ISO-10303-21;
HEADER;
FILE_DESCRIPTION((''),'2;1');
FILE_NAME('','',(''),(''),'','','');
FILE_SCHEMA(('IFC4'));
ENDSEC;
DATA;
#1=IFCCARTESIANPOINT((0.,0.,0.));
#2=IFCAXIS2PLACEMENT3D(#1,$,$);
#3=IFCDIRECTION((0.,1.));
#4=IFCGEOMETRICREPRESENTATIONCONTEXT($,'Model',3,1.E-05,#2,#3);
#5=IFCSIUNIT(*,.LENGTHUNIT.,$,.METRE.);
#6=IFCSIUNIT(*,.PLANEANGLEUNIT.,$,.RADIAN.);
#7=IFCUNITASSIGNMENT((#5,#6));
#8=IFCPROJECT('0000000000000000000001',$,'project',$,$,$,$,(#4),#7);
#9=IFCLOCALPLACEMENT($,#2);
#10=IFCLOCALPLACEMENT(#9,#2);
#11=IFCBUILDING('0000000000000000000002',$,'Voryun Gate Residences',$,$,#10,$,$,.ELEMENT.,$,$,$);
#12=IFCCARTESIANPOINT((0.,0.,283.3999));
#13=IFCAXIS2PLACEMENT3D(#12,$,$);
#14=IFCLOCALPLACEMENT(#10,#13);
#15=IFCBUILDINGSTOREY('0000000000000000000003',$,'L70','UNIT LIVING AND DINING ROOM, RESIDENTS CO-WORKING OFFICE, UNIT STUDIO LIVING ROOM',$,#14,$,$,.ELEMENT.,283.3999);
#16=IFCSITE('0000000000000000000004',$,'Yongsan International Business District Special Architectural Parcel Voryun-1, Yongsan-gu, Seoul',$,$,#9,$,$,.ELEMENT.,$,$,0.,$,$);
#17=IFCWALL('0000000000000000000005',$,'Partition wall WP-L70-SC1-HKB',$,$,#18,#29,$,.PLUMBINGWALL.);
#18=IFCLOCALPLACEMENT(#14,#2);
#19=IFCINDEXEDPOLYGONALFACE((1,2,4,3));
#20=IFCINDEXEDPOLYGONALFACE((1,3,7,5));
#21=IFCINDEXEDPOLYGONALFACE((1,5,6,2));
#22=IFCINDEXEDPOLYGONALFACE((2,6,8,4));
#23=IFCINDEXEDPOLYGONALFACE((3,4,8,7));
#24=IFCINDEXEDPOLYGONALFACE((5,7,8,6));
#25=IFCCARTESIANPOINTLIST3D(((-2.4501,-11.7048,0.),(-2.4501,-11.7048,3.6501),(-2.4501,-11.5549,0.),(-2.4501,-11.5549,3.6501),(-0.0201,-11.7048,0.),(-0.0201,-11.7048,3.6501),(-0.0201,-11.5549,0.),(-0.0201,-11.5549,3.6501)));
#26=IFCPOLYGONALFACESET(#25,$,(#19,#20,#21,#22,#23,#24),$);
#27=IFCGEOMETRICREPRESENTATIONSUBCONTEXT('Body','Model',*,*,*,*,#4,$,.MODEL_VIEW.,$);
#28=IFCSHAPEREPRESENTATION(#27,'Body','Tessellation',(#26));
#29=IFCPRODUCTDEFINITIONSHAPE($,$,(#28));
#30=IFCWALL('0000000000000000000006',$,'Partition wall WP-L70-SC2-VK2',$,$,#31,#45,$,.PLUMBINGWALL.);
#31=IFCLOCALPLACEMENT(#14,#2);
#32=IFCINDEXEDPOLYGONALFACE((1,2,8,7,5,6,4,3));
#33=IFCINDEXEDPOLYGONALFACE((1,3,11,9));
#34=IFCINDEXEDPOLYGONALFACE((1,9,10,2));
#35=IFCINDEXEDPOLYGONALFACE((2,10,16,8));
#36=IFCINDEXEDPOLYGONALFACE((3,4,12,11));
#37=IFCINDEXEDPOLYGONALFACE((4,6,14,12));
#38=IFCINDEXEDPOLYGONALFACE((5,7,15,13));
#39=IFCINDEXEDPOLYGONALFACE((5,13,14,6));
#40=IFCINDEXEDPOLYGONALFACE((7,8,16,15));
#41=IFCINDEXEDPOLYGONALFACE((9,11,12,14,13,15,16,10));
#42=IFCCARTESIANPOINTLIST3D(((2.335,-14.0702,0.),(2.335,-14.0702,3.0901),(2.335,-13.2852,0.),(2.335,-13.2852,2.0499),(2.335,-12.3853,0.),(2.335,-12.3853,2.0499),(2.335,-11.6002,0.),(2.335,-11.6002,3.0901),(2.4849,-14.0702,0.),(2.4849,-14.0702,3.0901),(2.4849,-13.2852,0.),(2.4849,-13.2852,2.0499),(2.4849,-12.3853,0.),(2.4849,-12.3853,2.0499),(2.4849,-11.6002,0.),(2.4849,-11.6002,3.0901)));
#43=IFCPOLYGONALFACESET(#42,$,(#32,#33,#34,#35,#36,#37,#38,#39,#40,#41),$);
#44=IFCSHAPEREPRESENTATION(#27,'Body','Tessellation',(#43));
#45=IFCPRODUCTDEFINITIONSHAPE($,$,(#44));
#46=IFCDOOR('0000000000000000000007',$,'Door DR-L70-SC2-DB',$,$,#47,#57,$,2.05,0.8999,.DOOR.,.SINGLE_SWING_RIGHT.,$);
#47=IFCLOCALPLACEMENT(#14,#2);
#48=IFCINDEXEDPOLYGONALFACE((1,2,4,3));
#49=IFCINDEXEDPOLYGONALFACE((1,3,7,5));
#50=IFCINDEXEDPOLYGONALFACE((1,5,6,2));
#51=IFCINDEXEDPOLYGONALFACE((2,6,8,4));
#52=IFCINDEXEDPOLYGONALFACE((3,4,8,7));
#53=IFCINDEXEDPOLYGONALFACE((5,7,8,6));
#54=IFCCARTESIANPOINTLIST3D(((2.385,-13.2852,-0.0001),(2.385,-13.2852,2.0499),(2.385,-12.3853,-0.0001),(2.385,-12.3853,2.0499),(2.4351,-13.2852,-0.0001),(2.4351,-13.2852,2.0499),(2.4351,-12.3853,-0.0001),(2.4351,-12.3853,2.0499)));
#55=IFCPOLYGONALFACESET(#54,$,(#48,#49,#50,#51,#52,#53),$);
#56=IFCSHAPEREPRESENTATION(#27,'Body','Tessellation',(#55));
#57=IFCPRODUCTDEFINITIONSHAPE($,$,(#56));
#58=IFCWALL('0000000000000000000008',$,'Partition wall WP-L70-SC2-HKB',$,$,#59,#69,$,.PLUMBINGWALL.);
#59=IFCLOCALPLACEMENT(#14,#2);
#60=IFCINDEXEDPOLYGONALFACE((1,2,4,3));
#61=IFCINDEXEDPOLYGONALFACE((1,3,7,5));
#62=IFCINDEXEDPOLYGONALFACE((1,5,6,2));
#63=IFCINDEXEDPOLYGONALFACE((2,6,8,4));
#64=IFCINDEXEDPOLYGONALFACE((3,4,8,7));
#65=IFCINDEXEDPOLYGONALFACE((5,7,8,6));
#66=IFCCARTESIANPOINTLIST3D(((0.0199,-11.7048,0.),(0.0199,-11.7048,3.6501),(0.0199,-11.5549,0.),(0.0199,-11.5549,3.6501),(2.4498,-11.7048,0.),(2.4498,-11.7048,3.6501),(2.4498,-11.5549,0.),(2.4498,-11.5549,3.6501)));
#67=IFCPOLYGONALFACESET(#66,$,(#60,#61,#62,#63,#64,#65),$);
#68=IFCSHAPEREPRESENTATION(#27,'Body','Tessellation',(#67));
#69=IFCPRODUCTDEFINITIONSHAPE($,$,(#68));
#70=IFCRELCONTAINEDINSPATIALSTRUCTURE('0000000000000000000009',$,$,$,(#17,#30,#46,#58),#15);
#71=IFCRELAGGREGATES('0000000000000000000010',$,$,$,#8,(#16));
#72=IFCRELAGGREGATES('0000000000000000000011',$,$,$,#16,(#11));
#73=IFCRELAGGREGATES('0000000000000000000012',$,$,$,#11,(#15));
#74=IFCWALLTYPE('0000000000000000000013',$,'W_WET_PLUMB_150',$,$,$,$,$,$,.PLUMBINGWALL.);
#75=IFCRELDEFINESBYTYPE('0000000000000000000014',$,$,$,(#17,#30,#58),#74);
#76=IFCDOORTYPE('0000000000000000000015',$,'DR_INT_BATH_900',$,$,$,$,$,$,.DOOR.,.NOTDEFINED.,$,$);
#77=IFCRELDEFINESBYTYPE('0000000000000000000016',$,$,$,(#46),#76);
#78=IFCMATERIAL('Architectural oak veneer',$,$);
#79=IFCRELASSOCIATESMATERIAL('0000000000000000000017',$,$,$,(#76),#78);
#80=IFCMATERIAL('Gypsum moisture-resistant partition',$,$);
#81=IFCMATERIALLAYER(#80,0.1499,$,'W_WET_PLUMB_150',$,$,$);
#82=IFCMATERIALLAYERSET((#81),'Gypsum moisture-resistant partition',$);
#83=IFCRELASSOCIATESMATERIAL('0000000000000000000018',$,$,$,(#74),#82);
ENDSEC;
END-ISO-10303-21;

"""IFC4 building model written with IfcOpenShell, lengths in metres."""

from ifc_helpers import new_model, si_unit, direction, frame, frame_2d, origin, place, context, subcontext, project, spatial, rectangle, extrude, material, layer, layer_set, type_object, element, fill, save


model = new_model("IFC4")

# Units and contexts
model_context = context("Model", 3, precision=1e-05, world=origin(), true_north=direction((0.0, 1.0)))
body_context = subcontext(model_context, "Body", "Model", "MODEL_VIEW")
ifc_project = project(units=[si_unit("LENGTHUNIT", "METRE"), si_unit("PLANEANGLEUNIT", "RADIAN")], contexts=[model_context])

# Site, building, storey
site_placement = place(None, origin())
site = spatial("IfcSite", under=ifc_project, at=site_placement, Name="Yongsan International Business District Special Architectural Parcel Voryun-1, Yongsan-gu, Seoul", CompositionType="ELEMENT", RefElevation=0.0)
building_placement = place(site_placement, origin())
building = spatial("IfcBuilding", under=site, at=building_placement, Name="Voryun Gate Residences", CompositionType="ELEMENT")
storey_placement = place(building_placement, frame((0.0, 0.0, 283.3999)))
storey = spatial("IfcBuildingStorey", under=building, at=storey_placement, Name="L70", Description="UNIT LIVING AND DINING ROOM, RESIDENTS CO-WORKING OFFICE, UNIT STUDIO LIVING ROOM", CompositionType="ELEMENT", Elevation=283.3999)

# Shared definitions
ifc_material_1 = material(Name="Architectural oak veneer")
door_type_1 = type_object("IfcDoorType", Name="DR_INT_BATH_900", OperationType="NOTDEFINED", PredefinedType="DOOR", material=ifc_material_1)

# Shared definitions
ifc_material_2 = material(Name="Gypsum moisture-resistant partition")
ifc_layer_1 = layer(ifc_material_2, 0.1499, Name="W_WET_PLUMB_150")
ifc_layer_set_1 = layer_set([ifc_layer_1], Name="Gypsum moisture-resistant partition")
wall_type_1 = type_object("IfcWallType", Name="W_WET_PLUMB_150", PredefinedType="PLUMBINGWALL", material=ifc_layer_set_1)

# Wall
wall_1_placement = place(storey_placement, frame((-2.45, -11.6299, 0.0), z_axis=(0.0, 0.0, 1.0), x_axis=(1.0, 0.0, 0.0)))
element("IfcWall", 1, at=wall_1_placement, inside=storey, type_object=wall_type_1, Name="Partition wall WP-L70-SC1-HKB", PredefinedType="PLUMBINGWALL", context=body_context, shape_type="SweptSolid", body=[
    extrude(rectangle(XDim=2.4299, YDim=0.1499, at=frame_2d((1.2148, 0.0))), origin(), (0.0, 0.0, 1.0), 3.6501),
])

# Wall, opening, door
wall_2_placement = place(storey_placement, frame((2.4099, -14.0701, 0.0), z_axis=(0.0, 0.0, 1.0), x_axis=(0.0, 1.0, 0.0)))
wall_2 = element("IfcWall", 2, at=wall_2_placement, inside=storey, type_object=wall_type_1, Name="Partition wall WP-L70-SC2-VK2", PredefinedType="PLUMBINGWALL", context=body_context, shape_type="SweptSolid", body=[
    extrude(rectangle(XDim=2.47, YDim=0.1499, at=frame_2d((1.2349, 0.0))), origin(), (0.0, 0.0, 1.0), 3.0901),
])
opening_1_placement = place(wall_2_placement, frame((0.7849, 0.0, 0.0)))
opening_1 = element("IfcOpeningElement", 3, at=opening_1_placement, cuts=wall_2, PredefinedType="OPENING", context=body_context, shape_type="SweptSolid", body=[
    extrude(rectangle(XDim=0.8999, YDim=2.05, at=frame_2d((0.45, 1.0249))), frame((0.0, 0.085, 0.0), z_axis=(0.0, -1.0, 0.0), x_axis=(1.0, 0.0, 0.0)), (0.0, 0.0, 1.0), 0.1699),
])
door_1_placement = place(opening_1_placement, origin())
door_1 = element("IfcDoor", 4, at=door_1_placement, inside=storey, type_object=door_type_1, Name="Door DR-L70-SC2-DB", OperationType="SINGLE_SWING_RIGHT", OverallHeight=2.05, OverallWidth=0.8999, PredefinedType="DOOR", context=body_context, shape_type="SweptSolid", body=[
    extrude(rectangle(XDim=0.8999, YDim=2.05, at=frame_2d((0.45, 1.0249))), frame((0.0, 0.0249, 0.0), z_axis=(0.0, -1.0, 0.0), x_axis=(1.0, 0.0, 0.0)), (0.0, 0.0, 1.0), 0.05),
])
fill(opening_1, door_1)

# Wall
wall_3_placement = place(storey_placement, frame((0.02, -11.6299, 0.0), z_axis=(0.0, 0.0, 1.0), x_axis=(1.0, 0.0, 0.0)))
element("IfcWall", 5, at=wall_3_placement, inside=storey, type_object=wall_type_1, Name="Partition wall WP-L70-SC2-HKB", PredefinedType="PLUMBINGWALL", context=body_context, shape_type="SweptSolid", body=[
    extrude(rectangle(XDim=2.4299, YDim=0.1499, at=frame_2d((1.2148, 0.0))), origin(), (0.0, 0.0, 1.0), 3.6501),
])

save(model, "model.ifc")
